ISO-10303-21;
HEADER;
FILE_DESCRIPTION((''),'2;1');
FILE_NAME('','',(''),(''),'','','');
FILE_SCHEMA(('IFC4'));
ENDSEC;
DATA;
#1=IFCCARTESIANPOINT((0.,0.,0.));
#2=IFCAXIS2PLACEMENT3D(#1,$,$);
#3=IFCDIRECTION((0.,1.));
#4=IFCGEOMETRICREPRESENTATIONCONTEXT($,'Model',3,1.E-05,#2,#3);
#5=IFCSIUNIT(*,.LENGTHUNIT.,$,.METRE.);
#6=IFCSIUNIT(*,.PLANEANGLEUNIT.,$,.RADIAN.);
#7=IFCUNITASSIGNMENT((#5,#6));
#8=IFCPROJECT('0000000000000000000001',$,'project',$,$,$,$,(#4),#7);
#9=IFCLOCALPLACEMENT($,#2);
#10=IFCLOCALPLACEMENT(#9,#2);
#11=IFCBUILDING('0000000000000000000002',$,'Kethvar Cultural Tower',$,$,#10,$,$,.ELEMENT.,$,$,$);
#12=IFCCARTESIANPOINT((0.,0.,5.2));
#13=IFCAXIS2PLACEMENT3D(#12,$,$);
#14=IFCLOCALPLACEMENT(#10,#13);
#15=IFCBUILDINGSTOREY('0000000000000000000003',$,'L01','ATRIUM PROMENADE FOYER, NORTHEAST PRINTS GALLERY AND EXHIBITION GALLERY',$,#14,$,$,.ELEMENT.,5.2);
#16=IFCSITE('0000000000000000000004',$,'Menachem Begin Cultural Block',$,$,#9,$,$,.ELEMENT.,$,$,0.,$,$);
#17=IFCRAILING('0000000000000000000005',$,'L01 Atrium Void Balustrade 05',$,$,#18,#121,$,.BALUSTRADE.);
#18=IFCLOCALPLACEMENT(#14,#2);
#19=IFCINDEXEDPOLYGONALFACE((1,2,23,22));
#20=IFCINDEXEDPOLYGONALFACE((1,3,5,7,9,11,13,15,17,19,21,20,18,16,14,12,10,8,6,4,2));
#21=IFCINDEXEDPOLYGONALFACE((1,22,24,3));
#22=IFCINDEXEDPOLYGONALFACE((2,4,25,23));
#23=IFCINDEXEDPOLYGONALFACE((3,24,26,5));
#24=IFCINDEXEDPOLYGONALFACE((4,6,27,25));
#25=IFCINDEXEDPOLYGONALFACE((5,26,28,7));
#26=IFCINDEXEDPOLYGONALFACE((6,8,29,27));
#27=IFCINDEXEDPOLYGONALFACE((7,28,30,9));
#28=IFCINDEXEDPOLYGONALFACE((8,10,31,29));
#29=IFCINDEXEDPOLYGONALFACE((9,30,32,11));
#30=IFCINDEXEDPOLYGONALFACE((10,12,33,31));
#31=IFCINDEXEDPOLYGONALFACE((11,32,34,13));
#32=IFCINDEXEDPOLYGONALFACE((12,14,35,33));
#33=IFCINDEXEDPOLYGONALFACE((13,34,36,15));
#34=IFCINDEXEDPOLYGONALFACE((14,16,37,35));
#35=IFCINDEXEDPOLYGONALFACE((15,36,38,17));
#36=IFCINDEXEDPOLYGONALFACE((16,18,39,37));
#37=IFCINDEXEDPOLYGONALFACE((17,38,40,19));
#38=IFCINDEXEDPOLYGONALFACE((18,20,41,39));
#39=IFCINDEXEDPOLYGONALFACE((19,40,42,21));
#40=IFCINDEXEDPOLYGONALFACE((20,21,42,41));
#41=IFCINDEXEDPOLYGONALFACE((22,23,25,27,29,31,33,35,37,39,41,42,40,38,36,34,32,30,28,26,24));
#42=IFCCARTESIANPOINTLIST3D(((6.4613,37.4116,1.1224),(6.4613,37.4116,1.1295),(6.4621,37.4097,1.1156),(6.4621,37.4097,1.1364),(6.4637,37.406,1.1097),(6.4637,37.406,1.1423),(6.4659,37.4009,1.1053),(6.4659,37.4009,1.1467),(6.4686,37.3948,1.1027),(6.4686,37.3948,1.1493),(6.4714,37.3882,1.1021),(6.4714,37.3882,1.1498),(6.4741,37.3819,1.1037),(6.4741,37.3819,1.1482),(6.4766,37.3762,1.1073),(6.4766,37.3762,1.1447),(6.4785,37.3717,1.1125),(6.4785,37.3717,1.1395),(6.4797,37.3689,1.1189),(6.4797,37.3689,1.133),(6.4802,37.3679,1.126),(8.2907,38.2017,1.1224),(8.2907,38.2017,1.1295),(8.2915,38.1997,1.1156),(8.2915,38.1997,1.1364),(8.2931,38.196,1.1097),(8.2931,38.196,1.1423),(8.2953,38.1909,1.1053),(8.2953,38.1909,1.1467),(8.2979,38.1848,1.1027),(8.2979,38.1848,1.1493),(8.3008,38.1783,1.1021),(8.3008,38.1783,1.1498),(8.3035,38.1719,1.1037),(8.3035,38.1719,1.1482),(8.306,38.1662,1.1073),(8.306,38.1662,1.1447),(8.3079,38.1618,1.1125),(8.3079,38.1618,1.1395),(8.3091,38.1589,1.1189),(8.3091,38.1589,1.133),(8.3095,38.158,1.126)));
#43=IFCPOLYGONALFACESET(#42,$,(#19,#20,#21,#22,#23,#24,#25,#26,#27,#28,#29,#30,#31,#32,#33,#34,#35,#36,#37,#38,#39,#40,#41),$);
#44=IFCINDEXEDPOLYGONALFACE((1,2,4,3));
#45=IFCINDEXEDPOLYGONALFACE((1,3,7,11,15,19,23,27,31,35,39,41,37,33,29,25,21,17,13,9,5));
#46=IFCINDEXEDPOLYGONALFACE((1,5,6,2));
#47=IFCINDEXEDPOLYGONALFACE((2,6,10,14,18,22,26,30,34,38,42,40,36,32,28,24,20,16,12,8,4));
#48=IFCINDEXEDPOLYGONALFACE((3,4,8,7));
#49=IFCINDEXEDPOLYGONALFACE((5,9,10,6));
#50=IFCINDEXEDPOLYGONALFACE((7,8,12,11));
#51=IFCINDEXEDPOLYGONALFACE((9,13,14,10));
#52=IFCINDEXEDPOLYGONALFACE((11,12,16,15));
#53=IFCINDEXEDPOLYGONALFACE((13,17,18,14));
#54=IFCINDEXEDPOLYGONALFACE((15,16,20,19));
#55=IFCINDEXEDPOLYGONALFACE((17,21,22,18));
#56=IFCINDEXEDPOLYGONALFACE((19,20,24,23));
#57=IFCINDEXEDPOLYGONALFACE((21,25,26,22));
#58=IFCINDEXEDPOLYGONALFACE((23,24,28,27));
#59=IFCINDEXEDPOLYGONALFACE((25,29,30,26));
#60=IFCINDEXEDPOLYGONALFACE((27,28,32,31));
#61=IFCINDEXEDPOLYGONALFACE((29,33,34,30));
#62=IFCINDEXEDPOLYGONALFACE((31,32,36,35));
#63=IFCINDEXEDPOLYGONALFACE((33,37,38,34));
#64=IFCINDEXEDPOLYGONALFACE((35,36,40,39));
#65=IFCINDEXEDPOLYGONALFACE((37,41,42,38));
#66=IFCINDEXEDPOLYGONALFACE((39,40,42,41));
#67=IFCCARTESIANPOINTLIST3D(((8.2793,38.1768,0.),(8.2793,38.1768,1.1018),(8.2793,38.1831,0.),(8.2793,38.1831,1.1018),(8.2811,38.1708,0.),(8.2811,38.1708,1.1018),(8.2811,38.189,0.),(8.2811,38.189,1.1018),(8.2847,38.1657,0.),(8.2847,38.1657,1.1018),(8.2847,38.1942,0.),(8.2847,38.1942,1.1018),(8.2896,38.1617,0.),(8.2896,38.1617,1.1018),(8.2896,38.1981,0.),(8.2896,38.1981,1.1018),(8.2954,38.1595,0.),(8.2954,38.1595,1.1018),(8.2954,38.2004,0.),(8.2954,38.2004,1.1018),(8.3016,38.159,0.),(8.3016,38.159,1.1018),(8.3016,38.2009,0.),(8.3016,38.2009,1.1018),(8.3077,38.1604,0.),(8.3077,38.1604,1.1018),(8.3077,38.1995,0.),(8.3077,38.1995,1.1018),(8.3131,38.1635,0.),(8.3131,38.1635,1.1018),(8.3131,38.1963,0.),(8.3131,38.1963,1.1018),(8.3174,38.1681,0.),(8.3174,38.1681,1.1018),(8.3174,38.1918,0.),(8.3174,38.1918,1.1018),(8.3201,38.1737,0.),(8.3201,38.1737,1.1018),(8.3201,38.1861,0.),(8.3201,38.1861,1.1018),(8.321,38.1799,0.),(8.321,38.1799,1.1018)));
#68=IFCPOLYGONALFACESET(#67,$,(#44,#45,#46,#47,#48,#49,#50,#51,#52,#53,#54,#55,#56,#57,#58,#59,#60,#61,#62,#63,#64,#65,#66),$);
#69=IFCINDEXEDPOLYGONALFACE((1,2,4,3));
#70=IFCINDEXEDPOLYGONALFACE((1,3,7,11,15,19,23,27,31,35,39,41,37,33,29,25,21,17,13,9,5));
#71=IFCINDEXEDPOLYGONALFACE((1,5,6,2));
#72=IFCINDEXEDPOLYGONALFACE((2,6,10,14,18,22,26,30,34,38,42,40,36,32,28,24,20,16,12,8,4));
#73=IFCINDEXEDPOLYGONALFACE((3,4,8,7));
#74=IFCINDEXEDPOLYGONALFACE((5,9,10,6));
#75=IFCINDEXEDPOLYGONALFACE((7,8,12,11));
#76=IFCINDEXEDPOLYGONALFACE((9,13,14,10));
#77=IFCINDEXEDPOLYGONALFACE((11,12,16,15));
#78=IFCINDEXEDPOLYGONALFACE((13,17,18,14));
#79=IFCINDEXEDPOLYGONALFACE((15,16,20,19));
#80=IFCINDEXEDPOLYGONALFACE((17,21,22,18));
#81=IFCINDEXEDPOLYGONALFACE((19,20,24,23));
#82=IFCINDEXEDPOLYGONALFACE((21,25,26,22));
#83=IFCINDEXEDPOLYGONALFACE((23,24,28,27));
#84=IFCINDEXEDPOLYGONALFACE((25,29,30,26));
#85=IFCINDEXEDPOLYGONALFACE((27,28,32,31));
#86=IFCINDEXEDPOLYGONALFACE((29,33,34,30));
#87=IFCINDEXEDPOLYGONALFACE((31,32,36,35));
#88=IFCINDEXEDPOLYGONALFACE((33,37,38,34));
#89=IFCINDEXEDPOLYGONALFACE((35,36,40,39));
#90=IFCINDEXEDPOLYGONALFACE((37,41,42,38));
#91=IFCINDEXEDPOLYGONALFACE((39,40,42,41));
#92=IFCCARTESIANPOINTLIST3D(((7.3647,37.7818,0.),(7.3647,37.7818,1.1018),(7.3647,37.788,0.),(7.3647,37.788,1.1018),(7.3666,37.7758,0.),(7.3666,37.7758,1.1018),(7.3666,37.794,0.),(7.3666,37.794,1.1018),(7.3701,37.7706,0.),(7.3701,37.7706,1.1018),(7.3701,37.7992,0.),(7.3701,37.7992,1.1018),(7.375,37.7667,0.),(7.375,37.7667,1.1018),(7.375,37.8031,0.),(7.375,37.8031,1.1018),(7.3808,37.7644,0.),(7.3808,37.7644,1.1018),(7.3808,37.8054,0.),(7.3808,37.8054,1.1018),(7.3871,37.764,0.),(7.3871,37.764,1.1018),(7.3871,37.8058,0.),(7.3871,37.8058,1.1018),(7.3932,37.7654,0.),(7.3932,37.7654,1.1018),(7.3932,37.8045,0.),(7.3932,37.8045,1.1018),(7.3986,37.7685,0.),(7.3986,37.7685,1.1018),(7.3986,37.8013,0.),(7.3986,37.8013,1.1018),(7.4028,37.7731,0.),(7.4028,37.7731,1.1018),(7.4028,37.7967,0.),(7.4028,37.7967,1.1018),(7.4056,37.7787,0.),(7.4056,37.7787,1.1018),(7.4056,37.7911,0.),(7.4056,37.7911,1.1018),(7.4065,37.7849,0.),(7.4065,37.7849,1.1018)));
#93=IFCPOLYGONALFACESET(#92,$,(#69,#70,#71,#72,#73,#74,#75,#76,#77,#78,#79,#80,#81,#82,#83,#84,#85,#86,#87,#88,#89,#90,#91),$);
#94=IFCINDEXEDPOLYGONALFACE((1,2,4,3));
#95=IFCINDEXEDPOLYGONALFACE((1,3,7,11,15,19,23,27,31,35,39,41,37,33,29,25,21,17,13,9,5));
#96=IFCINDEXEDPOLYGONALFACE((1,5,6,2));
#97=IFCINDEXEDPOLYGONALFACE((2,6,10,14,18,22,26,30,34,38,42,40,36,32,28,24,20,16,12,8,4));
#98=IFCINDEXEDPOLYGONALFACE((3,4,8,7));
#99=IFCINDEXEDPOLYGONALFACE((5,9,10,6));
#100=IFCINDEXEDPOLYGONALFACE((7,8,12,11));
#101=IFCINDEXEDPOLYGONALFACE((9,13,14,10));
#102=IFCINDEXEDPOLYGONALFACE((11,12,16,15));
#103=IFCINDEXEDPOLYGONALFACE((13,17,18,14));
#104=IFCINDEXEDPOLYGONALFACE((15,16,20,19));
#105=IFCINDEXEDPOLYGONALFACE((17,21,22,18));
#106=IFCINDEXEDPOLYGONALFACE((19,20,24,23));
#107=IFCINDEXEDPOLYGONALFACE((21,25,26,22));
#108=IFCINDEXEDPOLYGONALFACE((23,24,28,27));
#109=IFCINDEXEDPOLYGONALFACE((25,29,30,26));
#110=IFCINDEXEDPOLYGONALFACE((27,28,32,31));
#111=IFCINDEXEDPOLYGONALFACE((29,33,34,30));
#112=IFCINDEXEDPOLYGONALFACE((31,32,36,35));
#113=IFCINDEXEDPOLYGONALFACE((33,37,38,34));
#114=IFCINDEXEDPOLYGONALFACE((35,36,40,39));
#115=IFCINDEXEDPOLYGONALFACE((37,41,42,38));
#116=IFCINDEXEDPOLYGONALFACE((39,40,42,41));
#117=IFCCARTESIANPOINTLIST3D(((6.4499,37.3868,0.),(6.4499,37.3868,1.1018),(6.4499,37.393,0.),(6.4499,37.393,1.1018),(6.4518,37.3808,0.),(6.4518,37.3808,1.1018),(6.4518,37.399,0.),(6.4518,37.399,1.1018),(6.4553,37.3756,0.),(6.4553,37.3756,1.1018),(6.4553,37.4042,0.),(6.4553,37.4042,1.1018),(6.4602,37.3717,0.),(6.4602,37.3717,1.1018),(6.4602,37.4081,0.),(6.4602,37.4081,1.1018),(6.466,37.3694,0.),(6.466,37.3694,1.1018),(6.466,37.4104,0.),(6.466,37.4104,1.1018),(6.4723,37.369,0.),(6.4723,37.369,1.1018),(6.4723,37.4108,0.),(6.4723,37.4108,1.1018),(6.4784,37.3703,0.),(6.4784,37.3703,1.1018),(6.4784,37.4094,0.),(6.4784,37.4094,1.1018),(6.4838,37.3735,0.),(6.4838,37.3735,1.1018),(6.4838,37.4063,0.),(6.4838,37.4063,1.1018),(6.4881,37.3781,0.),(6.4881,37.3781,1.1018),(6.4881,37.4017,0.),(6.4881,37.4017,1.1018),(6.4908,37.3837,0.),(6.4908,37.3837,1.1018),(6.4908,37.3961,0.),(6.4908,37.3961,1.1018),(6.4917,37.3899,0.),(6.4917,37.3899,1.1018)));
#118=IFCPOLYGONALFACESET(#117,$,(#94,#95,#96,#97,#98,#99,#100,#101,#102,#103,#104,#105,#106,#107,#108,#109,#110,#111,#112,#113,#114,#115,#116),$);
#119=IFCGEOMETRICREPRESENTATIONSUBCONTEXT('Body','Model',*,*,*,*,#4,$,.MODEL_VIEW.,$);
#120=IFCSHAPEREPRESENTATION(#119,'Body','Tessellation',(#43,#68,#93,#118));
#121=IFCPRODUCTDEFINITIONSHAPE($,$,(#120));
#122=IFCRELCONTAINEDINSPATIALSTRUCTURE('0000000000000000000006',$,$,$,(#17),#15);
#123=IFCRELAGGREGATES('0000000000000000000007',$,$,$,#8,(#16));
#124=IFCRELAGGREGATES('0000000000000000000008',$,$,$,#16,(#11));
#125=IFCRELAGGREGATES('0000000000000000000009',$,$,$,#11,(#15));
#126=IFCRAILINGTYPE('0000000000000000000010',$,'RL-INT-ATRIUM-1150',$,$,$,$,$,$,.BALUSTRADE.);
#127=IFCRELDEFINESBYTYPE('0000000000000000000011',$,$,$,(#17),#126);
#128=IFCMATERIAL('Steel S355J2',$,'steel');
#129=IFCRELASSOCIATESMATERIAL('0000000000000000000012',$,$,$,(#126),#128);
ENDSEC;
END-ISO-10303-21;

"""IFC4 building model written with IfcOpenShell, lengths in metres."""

from ifc_helpers import new_model, si_unit, direction, frame, origin, origin_2d, place, context, subcontext, project, spatial, circle, extrude, material, type_object, element, save


model = new_model("IFC4")

# Units and contexts
model_context = context("Model", 3, precision=1e-05, world=origin(), true_north=direction((0.0, 1.0)))
body_context = subcontext(model_context, "Body", "Model", "MODEL_VIEW")
ifc_project = project(units=[si_unit("LENGTHUNIT", "METRE"), si_unit("PLANEANGLEUNIT", "RADIAN")], contexts=[model_context])

# Site, building, storey
site_placement = place(None, origin())
site = spatial("IfcSite", under=ifc_project, at=site_placement, Name="Menachem Begin Cultural Block", CompositionType="ELEMENT", RefElevation=0.0)
building_placement = place(site_placement, origin())
building = spatial("IfcBuilding", under=site, at=building_placement, Name="Kethvar Cultural Tower", CompositionType="ELEMENT")
storey_placement = place(building_placement, frame((0.0, 0.0, 5.2)))
storey = spatial("IfcBuildingStorey", under=building, at=storey_placement, Name="L01", Description="ATRIUM PROMENADE FOYER, NORTHEAST PRINTS GALLERY AND EXHIBITION GALLERY", CompositionType="ELEMENT", Elevation=5.2)

# Shared definitions
ifc_material_1 = material(Name="Steel S355J2", Category="steel")

# Railing
railing_type_1 = type_object("IfcRailingType", Name="RL-INT-ATRIUM-1150", PredefinedType="BALUSTRADE", material=ifc_material_1)
railing_1_placement = place(storey_placement, frame((8.3, 38.1799, 0.0)))
element("IfcRailing", 1, at=railing_1_placement, inside=storey, type_object=railing_type_1, Name="L01 Atrium Void Balustrade 05", PredefinedType="BALUSTRADE", context=body_context, shape_type="SweptSolid", body=[
    extrude(circle(Radius=0.0239, at=origin_2d()), frame((0.0, 0.0, 1.126), z_axis=(-0.918045, -0.396476, 0.0), x_axis=(0.396476, -0.918045, 0.0)), (0.0, 0.0, 1.0), 1.9927),
    extrude(circle(Radius=0.021, at=origin_2d()), origin(), (0.0, 0.0, 1.0), 1.1018),
    extrude(circle(Radius=0.021, at=origin_2d()), frame((-0.9146, -0.395, 0.0)), (0.0, 0.0, 1.0), 1.1018),
    extrude(circle(Radius=0.021, at=origin_2d()), frame((-1.8293, -0.79, 0.0)), (0.0, 0.0, 1.0), 1.1018),
])

save(model, "model.ifc")
